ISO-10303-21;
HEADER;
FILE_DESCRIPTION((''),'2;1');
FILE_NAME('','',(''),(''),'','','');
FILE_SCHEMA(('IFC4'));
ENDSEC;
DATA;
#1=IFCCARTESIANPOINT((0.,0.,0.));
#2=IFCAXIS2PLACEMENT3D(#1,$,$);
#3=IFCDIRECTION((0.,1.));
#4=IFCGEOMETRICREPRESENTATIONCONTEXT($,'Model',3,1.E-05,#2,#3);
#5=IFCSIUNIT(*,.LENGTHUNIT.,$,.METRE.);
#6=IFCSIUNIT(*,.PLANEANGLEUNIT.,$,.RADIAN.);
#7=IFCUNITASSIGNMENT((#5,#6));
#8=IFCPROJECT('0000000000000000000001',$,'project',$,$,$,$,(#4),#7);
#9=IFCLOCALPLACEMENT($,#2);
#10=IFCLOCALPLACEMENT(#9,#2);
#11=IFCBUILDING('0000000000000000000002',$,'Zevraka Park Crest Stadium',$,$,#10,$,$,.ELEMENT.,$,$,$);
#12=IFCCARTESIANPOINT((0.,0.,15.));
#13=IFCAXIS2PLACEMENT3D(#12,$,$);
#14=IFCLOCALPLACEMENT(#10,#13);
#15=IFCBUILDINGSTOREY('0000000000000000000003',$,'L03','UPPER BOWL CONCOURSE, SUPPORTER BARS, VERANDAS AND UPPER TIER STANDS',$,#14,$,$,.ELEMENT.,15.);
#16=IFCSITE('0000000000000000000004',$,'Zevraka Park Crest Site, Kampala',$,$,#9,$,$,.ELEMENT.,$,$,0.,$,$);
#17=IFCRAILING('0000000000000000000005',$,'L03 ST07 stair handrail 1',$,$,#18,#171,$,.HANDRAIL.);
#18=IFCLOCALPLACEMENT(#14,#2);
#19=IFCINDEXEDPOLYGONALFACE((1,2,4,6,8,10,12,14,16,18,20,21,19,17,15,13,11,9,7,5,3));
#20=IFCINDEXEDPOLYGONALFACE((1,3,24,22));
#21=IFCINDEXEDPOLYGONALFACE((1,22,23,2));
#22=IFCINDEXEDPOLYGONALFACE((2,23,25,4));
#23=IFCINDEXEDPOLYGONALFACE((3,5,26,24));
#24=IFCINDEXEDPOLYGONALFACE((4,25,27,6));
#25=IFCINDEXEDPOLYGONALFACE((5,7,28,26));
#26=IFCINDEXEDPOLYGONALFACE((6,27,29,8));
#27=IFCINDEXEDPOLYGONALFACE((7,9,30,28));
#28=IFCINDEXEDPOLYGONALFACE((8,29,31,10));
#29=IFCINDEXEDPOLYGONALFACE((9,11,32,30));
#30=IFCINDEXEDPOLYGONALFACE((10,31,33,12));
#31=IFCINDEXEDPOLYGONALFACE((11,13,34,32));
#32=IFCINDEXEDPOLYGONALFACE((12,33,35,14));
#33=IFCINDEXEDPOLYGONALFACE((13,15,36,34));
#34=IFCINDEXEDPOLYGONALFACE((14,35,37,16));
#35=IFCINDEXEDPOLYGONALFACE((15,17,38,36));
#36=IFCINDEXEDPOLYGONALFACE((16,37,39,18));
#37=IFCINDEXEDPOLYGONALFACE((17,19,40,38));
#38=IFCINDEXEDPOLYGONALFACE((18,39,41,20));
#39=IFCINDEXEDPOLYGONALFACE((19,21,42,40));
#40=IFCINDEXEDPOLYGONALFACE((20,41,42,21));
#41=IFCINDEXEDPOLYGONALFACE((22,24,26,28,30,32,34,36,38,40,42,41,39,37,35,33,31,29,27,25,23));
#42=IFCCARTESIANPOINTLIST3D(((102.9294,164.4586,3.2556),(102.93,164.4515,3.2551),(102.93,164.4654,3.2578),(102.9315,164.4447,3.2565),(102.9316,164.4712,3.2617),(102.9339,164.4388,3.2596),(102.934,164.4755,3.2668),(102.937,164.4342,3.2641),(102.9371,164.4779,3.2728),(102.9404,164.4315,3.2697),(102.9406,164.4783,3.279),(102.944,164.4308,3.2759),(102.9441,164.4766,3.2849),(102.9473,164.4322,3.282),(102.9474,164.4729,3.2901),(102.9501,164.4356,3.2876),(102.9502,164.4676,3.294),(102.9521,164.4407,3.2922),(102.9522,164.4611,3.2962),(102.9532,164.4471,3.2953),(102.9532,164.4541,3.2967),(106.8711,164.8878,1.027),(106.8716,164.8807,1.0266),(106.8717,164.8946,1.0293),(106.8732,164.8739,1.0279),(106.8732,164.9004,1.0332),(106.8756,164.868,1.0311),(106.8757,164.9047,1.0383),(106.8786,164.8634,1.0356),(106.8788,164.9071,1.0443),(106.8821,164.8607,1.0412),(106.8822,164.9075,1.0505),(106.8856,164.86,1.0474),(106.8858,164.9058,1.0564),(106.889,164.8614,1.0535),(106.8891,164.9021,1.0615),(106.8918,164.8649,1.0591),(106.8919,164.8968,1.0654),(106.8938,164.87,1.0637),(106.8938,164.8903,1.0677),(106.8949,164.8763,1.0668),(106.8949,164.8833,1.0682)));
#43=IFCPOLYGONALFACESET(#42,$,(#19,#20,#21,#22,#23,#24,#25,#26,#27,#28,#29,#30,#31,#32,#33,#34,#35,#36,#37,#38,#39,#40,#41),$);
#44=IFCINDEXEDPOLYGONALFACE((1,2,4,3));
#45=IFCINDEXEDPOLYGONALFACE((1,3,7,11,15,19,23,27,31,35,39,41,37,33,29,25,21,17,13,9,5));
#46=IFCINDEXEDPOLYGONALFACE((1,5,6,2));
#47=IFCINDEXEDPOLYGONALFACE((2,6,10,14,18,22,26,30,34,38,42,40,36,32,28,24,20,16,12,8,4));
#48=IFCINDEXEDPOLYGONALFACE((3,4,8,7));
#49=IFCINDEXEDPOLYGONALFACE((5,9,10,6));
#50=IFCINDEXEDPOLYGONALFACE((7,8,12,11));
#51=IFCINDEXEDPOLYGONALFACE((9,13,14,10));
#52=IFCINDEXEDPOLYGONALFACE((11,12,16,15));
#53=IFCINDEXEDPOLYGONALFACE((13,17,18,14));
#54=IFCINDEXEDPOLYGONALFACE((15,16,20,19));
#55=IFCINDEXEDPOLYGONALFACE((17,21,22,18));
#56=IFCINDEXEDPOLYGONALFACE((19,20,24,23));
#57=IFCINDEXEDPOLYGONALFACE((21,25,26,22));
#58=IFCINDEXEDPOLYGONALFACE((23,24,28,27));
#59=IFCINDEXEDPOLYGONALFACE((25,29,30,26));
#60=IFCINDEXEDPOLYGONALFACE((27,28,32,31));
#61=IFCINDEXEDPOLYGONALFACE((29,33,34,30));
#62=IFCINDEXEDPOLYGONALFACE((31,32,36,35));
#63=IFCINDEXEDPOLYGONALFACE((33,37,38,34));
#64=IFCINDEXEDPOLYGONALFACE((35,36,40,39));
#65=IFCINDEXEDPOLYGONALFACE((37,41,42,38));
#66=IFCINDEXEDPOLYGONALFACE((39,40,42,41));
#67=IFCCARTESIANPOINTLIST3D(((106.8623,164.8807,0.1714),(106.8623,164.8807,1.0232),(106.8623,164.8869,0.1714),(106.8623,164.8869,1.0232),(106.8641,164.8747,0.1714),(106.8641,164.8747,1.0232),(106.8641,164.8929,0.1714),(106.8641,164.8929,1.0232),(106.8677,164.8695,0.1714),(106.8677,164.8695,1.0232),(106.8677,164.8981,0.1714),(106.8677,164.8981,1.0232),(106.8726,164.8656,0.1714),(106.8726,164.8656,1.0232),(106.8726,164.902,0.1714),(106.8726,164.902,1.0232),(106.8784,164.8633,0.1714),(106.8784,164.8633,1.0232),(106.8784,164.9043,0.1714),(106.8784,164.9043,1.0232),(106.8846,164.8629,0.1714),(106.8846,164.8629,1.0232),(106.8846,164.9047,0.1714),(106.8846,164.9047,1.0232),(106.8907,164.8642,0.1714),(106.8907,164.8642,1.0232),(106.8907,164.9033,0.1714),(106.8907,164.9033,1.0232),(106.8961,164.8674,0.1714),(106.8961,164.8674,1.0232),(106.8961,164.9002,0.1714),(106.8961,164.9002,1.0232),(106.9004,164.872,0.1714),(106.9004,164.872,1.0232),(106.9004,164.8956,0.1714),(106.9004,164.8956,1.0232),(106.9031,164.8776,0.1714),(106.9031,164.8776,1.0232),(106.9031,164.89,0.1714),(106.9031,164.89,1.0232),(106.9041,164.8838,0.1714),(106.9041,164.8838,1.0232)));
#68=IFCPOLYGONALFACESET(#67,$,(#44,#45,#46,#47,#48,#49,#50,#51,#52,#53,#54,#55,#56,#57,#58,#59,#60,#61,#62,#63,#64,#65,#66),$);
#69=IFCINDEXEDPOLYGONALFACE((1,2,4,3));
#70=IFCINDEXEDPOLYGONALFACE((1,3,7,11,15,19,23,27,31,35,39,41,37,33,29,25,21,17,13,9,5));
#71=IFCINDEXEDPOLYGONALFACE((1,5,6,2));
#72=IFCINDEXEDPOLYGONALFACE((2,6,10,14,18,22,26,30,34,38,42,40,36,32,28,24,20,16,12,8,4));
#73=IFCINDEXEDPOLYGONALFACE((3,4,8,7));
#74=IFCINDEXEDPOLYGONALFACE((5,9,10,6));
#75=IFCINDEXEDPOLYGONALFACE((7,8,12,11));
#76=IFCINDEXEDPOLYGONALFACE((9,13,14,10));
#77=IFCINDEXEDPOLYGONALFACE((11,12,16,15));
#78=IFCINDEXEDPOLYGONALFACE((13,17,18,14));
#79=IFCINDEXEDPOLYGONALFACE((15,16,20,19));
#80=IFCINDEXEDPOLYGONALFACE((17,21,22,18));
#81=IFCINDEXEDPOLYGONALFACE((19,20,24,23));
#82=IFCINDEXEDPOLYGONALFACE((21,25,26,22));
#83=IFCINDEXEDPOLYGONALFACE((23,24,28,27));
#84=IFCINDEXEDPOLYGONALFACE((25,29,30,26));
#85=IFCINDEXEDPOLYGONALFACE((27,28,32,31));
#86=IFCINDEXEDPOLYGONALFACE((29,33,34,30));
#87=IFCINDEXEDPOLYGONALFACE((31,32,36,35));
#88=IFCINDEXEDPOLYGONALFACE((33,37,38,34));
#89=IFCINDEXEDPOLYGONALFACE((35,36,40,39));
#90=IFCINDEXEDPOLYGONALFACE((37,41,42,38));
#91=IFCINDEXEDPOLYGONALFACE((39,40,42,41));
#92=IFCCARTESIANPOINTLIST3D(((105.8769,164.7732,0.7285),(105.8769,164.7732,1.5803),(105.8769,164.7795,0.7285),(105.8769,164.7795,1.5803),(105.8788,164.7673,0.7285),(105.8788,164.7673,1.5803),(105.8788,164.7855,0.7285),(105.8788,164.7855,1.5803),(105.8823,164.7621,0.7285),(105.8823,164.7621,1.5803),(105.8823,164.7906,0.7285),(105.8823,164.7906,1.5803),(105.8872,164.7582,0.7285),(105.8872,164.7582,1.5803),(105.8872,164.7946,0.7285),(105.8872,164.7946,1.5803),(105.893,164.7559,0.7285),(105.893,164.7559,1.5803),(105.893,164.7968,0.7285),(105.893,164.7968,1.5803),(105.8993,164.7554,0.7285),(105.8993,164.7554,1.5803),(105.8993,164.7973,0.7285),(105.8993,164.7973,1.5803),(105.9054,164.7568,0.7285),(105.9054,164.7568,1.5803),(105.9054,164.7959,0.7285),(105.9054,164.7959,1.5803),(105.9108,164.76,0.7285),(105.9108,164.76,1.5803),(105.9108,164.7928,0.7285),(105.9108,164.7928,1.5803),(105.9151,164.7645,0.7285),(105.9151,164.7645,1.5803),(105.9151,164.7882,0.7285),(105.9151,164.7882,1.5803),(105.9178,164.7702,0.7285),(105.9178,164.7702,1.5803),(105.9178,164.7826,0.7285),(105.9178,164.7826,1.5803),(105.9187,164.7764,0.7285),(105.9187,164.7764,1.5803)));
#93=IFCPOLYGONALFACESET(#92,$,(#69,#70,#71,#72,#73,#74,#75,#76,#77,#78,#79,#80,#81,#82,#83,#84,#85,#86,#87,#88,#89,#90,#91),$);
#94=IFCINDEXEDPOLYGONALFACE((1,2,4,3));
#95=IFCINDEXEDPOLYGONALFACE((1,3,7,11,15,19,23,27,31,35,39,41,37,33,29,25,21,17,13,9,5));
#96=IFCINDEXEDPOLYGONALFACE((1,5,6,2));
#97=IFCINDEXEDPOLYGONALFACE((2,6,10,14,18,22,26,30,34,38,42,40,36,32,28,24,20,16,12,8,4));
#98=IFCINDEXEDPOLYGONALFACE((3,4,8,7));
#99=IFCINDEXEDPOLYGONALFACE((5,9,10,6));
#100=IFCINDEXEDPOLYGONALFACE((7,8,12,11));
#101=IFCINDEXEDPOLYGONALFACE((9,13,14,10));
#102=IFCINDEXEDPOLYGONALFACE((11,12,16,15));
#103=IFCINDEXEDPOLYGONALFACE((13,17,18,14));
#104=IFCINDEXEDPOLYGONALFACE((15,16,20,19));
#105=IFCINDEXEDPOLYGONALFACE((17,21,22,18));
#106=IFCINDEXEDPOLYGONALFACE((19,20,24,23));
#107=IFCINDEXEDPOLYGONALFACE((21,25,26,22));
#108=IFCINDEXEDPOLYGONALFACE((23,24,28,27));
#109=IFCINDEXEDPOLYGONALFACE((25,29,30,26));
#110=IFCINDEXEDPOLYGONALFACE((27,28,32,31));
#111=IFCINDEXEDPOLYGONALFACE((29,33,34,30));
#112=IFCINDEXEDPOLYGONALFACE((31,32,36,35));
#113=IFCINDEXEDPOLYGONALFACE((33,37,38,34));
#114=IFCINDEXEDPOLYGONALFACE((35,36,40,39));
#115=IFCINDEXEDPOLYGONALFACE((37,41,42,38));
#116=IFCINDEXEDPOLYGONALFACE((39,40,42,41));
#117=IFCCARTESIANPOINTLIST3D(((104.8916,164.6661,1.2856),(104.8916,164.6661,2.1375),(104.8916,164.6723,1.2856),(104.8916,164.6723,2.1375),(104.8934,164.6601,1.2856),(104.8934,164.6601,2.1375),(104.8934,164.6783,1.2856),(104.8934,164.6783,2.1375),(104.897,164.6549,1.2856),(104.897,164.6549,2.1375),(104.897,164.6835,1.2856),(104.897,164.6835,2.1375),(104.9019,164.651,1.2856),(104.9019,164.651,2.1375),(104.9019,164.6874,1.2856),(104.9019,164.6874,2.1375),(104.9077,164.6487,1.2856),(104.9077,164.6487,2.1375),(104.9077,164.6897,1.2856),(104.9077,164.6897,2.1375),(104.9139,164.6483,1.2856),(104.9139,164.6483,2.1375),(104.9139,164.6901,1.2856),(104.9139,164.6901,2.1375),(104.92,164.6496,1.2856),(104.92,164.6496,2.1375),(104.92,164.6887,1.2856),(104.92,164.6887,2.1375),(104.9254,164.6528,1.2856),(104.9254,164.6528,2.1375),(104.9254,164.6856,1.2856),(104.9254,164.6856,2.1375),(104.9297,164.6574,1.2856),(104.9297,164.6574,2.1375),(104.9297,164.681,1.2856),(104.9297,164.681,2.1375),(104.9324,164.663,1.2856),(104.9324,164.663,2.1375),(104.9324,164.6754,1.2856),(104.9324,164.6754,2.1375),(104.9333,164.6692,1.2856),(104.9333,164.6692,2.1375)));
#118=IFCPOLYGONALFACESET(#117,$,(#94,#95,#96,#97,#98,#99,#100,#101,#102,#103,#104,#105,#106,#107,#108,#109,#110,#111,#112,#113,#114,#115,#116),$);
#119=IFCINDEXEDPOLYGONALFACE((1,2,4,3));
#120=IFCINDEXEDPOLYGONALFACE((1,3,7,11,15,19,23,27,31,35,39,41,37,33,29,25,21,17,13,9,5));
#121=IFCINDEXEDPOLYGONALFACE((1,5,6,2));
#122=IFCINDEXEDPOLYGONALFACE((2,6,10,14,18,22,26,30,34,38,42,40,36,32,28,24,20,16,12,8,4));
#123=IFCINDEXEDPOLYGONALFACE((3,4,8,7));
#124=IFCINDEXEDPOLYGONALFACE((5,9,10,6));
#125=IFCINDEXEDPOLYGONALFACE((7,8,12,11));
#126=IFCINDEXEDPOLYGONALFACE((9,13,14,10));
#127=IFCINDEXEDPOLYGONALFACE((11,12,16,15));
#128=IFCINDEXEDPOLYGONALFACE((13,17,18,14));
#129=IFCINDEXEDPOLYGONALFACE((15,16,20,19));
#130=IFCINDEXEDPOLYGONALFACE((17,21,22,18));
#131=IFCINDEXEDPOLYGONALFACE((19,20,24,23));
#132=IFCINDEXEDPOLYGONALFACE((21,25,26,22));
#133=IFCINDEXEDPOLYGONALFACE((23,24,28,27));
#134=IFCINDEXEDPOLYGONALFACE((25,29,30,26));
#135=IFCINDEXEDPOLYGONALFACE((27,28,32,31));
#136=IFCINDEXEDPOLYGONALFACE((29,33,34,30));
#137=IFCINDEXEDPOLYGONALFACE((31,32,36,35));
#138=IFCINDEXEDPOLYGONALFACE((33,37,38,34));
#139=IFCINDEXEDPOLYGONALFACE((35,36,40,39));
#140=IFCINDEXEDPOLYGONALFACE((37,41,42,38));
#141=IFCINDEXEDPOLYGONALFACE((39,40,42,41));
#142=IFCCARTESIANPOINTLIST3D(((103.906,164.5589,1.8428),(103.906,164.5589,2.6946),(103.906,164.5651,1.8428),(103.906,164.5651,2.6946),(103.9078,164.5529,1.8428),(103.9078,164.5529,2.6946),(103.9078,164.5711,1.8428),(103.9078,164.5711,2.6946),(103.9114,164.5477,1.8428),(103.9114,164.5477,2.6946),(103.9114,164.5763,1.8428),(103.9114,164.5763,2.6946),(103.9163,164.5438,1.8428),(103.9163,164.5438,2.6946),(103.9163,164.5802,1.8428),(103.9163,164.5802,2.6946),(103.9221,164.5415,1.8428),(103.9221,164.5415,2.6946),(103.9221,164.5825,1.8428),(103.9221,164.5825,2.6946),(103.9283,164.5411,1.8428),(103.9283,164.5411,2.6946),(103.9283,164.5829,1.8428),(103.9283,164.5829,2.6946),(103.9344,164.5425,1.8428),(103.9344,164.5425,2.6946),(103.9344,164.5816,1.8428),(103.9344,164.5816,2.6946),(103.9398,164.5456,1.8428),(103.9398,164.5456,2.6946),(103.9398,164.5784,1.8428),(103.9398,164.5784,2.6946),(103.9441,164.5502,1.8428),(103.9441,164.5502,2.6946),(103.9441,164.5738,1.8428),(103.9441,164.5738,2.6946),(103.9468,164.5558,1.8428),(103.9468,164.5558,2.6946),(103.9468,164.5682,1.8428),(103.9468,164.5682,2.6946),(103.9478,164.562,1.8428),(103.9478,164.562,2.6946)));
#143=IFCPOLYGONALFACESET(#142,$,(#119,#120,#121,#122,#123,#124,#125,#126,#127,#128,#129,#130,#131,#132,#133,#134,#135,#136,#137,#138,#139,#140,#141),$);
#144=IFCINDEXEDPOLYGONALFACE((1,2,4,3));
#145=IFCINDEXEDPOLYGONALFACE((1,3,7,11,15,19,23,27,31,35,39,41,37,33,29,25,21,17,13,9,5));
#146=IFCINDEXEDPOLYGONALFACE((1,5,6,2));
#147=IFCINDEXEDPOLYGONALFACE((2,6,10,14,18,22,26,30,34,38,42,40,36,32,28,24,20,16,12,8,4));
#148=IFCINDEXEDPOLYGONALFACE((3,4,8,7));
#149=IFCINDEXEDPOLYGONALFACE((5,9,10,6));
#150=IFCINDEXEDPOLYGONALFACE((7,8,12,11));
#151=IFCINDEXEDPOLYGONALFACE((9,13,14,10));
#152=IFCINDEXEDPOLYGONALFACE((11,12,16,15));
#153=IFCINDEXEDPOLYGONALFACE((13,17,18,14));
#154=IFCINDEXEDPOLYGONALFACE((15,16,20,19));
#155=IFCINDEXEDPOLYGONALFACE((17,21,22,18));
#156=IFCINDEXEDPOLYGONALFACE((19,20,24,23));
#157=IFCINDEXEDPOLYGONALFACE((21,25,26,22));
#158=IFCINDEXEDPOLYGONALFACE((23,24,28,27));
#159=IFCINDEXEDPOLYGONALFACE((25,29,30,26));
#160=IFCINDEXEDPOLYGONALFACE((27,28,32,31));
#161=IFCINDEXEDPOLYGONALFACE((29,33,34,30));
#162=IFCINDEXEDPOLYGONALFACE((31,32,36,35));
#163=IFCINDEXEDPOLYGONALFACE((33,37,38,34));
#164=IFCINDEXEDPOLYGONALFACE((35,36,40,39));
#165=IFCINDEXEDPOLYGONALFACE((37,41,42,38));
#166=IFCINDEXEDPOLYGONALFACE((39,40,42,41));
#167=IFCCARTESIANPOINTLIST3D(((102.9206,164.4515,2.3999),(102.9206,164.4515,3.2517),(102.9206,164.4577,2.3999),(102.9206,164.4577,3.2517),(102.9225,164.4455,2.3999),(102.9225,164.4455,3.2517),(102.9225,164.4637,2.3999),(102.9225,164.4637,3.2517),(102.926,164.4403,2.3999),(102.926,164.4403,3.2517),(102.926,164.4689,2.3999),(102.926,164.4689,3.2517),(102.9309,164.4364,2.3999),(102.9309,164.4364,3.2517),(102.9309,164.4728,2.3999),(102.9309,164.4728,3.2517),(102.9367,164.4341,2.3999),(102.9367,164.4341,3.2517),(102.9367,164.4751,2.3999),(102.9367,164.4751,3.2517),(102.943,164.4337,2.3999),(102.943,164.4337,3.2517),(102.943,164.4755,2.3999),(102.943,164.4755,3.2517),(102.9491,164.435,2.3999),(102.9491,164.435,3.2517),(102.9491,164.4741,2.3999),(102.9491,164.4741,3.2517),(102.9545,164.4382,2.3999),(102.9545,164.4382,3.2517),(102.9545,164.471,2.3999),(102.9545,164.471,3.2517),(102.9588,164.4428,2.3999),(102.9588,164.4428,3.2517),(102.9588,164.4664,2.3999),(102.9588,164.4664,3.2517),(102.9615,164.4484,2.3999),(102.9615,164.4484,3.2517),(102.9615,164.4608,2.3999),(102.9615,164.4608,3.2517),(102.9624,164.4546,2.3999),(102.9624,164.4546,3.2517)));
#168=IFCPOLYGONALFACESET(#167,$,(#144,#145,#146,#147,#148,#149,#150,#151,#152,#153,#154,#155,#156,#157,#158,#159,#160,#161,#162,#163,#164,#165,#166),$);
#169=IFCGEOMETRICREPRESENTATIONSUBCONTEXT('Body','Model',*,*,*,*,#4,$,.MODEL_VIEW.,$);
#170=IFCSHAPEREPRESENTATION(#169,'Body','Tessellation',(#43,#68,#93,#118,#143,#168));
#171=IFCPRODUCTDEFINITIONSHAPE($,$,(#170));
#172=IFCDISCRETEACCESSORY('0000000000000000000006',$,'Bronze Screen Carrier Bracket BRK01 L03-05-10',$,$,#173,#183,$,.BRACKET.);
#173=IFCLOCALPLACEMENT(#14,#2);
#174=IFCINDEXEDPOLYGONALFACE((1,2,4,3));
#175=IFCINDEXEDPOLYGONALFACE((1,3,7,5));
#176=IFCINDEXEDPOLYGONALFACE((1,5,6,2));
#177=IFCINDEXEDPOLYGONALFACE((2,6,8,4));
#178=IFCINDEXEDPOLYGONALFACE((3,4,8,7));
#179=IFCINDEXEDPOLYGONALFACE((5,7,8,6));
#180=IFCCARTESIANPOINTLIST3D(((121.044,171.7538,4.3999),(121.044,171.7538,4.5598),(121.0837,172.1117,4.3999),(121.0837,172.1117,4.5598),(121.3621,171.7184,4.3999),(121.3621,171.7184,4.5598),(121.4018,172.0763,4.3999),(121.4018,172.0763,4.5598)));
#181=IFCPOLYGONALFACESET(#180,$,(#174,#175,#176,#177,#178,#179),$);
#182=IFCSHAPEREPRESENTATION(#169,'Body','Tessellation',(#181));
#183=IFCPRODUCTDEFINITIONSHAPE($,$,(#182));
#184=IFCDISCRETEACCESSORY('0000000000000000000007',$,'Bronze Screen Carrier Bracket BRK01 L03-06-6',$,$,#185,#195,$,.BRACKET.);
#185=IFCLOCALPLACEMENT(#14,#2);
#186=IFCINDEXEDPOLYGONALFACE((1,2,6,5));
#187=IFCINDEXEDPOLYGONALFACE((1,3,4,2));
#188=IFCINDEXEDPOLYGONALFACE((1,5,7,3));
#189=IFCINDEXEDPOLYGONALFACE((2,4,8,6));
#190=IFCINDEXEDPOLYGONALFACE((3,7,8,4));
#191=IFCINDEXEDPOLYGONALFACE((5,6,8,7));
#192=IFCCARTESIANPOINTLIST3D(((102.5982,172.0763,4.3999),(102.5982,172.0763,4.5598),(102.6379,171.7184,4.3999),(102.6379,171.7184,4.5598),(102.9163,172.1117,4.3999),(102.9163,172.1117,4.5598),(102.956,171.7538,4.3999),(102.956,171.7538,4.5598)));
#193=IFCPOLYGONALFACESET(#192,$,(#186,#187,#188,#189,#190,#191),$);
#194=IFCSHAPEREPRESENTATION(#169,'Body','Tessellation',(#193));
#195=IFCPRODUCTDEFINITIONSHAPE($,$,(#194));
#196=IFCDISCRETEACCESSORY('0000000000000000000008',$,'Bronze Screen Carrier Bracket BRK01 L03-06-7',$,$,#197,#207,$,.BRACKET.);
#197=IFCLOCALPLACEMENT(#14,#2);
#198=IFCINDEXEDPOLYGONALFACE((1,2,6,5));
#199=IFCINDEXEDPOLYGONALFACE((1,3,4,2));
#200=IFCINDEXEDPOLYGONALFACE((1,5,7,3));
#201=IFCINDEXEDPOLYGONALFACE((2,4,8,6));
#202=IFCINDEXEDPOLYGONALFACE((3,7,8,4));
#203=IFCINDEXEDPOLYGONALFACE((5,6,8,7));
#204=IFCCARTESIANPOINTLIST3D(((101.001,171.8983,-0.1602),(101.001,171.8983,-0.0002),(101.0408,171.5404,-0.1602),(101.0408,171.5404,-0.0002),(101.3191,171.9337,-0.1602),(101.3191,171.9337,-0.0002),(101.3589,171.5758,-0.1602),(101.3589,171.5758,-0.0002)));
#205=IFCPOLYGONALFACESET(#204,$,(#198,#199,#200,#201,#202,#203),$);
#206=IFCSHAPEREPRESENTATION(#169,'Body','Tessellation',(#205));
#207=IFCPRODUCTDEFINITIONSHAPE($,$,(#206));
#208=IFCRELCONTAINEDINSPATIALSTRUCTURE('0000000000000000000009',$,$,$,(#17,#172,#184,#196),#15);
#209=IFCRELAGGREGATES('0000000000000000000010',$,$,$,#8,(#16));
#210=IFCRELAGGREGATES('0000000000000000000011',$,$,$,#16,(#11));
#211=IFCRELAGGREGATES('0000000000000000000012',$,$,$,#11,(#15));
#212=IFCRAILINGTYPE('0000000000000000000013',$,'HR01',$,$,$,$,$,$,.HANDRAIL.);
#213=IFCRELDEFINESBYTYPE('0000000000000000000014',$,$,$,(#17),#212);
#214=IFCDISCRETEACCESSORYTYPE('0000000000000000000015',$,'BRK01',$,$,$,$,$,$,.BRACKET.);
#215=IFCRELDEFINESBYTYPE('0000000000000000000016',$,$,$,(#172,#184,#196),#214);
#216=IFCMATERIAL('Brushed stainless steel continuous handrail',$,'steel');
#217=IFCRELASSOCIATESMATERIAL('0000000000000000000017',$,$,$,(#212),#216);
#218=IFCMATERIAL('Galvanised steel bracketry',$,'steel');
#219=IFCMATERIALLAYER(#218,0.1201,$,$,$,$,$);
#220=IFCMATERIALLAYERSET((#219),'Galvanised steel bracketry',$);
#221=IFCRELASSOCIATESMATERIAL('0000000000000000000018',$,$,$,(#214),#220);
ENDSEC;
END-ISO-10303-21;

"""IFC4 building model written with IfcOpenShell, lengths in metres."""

from ifc_helpers import new_model, si_unit, direction, frame, origin, origin_2d, place, context, subcontext, project, spatial, rectangle, circle, extrude, material, layer, layer_set, type_object, element, save


model = new_model("IFC4")

# Units and contexts
model_context = context("Model", 3, precision=1e-05, world=origin(), true_north=direction((0.0, 1.0)))
body_context = subcontext(model_context, "Body", "Model", "MODEL_VIEW")
ifc_project = project(units=[si_unit("LENGTHUNIT", "METRE"), si_unit("PLANEANGLEUNIT", "RADIAN")], contexts=[model_context])

# Site, building, storey
site_placement = place(None, origin())
site = spatial("IfcSite", under=ifc_project, at=site_placement, Name="Zevraka Park Crest Site, Kampala", CompositionType="ELEMENT", RefElevation=0.0)
building_placement = place(site_placement, origin())
building = spatial("IfcBuilding", under=site, at=building_placement, Name="Zevraka Park Crest Stadium", CompositionType="ELEMENT")
storey_placement = place(building_placement, frame((0.0, 0.0, 15.0)))
storey = spatial("IfcBuildingStorey", under=building, at=storey_placement, Name="L03", Description="UPPER BOWL CONCOURSE, SUPPORTER BARS, VERANDAS AND UPPER TIER STANDS", CompositionType="ELEMENT", Elevation=15.0)

# Railing
ifc_material_1 = material(Name="Brushed stainless steel continuous handrail", Category="steel")
railing_type_1 = type_object("IfcRailingType", Name="HR01", PredefinedType="HANDRAIL", material=ifc_material_1)
railing_1_placement = place(storey_placement, frame((106.8831, 164.8838, 0.1714)))
element("IfcRailing", 1, at=railing_1_placement, inside=storey, type_object=railing_type_1, Name="L03 ST07 stair handrail 1", PredefinedType="HANDRAIL", context=body_context, shape_type="SweptSolid", body=[
    extrude(circle(Radius=0.0239, at=origin_2d()), frame((0.0, 0.0, 0.876), z_axis=(-0.866619, -0.094365, 0.489966), x_axis=(0.108248, -0.994124, 0.0)), (0.0, 0.0, 1.0), 4.5483),
    extrude(circle(Radius=0.021, at=origin_2d()), origin(), (0.0, 0.0, 1.0), 0.8518),
    extrude(circle(Radius=0.021, at=origin_2d()), frame((-0.9854, -0.1074, 0.5571)), (0.0, 0.0, 1.0), 0.8518),
    extrude(circle(Radius=0.021, at=origin_2d()), frame((-1.9707, -0.2146, 1.1143)), (0.0, 0.0, 1.0), 0.8518),
    extrude(circle(Radius=0.021, at=origin_2d()), frame((-2.9563, -0.3218, 1.6714)), (0.0, 0.0, 1.0), 0.8518),
    extrude(circle(Radius=0.021, at=origin_2d()), frame((-3.9417, -0.4292, 2.2285)), (0.0, 0.0, 1.0), 0.8518),
])

# Discrete accessories
ifc_material_2 = material(Name="Galvanised steel bracketry", Category="steel")
ifc_layer_1 = layer(ifc_material_2, 0.1201)
ifc_layer_set_1 = layer_set([ifc_layer_1], Name="Galvanised steel bracketry")
discrete_accessory_type = type_object("IfcDiscreteAccessoryType", Name="BRK01", PredefinedType="BRACKET", material=ifc_layer_set_1)
for number, where, z_axis, x_axis, name in (
    (2, (121.2229, 171.915, 4.3999), (0.0, 0.0, 1.0), (-0.993884, 0.110428, 0.0), "Bronze Screen Carrier Bracket BRK01 L03-05-10"),
    (3, (102.7771, 171.915, 4.3999), (0.0, 0.0, 1.0), (-0.993884, -0.110428, 0.0), "Bronze Screen Carrier Bracket BRK01 L03-06-6"),
    (4, (101.1799, 171.7371, -0.1602), (0.0, 0.0, 1.0), (-0.993884, -0.110428, 0.0), "Bronze Screen Carrier Bracket BRK01 L03-06-7"),
):
    element("IfcDiscreteAccessory", number, at=place(storey_placement, frame(where, z_axis=z_axis, x_axis=x_axis)), inside=storey, type_object=discrete_accessory_type, Name=name, PredefinedType="BRACKET", context=body_context, shape_type="SweptSolid", body=[
        extrude(rectangle(XDim=0.3201, YDim=0.3601, at=origin_2d()), origin(), (0.0, 0.0, 1.0), 0.1599),
    ])

save(model, "model.ifc")
